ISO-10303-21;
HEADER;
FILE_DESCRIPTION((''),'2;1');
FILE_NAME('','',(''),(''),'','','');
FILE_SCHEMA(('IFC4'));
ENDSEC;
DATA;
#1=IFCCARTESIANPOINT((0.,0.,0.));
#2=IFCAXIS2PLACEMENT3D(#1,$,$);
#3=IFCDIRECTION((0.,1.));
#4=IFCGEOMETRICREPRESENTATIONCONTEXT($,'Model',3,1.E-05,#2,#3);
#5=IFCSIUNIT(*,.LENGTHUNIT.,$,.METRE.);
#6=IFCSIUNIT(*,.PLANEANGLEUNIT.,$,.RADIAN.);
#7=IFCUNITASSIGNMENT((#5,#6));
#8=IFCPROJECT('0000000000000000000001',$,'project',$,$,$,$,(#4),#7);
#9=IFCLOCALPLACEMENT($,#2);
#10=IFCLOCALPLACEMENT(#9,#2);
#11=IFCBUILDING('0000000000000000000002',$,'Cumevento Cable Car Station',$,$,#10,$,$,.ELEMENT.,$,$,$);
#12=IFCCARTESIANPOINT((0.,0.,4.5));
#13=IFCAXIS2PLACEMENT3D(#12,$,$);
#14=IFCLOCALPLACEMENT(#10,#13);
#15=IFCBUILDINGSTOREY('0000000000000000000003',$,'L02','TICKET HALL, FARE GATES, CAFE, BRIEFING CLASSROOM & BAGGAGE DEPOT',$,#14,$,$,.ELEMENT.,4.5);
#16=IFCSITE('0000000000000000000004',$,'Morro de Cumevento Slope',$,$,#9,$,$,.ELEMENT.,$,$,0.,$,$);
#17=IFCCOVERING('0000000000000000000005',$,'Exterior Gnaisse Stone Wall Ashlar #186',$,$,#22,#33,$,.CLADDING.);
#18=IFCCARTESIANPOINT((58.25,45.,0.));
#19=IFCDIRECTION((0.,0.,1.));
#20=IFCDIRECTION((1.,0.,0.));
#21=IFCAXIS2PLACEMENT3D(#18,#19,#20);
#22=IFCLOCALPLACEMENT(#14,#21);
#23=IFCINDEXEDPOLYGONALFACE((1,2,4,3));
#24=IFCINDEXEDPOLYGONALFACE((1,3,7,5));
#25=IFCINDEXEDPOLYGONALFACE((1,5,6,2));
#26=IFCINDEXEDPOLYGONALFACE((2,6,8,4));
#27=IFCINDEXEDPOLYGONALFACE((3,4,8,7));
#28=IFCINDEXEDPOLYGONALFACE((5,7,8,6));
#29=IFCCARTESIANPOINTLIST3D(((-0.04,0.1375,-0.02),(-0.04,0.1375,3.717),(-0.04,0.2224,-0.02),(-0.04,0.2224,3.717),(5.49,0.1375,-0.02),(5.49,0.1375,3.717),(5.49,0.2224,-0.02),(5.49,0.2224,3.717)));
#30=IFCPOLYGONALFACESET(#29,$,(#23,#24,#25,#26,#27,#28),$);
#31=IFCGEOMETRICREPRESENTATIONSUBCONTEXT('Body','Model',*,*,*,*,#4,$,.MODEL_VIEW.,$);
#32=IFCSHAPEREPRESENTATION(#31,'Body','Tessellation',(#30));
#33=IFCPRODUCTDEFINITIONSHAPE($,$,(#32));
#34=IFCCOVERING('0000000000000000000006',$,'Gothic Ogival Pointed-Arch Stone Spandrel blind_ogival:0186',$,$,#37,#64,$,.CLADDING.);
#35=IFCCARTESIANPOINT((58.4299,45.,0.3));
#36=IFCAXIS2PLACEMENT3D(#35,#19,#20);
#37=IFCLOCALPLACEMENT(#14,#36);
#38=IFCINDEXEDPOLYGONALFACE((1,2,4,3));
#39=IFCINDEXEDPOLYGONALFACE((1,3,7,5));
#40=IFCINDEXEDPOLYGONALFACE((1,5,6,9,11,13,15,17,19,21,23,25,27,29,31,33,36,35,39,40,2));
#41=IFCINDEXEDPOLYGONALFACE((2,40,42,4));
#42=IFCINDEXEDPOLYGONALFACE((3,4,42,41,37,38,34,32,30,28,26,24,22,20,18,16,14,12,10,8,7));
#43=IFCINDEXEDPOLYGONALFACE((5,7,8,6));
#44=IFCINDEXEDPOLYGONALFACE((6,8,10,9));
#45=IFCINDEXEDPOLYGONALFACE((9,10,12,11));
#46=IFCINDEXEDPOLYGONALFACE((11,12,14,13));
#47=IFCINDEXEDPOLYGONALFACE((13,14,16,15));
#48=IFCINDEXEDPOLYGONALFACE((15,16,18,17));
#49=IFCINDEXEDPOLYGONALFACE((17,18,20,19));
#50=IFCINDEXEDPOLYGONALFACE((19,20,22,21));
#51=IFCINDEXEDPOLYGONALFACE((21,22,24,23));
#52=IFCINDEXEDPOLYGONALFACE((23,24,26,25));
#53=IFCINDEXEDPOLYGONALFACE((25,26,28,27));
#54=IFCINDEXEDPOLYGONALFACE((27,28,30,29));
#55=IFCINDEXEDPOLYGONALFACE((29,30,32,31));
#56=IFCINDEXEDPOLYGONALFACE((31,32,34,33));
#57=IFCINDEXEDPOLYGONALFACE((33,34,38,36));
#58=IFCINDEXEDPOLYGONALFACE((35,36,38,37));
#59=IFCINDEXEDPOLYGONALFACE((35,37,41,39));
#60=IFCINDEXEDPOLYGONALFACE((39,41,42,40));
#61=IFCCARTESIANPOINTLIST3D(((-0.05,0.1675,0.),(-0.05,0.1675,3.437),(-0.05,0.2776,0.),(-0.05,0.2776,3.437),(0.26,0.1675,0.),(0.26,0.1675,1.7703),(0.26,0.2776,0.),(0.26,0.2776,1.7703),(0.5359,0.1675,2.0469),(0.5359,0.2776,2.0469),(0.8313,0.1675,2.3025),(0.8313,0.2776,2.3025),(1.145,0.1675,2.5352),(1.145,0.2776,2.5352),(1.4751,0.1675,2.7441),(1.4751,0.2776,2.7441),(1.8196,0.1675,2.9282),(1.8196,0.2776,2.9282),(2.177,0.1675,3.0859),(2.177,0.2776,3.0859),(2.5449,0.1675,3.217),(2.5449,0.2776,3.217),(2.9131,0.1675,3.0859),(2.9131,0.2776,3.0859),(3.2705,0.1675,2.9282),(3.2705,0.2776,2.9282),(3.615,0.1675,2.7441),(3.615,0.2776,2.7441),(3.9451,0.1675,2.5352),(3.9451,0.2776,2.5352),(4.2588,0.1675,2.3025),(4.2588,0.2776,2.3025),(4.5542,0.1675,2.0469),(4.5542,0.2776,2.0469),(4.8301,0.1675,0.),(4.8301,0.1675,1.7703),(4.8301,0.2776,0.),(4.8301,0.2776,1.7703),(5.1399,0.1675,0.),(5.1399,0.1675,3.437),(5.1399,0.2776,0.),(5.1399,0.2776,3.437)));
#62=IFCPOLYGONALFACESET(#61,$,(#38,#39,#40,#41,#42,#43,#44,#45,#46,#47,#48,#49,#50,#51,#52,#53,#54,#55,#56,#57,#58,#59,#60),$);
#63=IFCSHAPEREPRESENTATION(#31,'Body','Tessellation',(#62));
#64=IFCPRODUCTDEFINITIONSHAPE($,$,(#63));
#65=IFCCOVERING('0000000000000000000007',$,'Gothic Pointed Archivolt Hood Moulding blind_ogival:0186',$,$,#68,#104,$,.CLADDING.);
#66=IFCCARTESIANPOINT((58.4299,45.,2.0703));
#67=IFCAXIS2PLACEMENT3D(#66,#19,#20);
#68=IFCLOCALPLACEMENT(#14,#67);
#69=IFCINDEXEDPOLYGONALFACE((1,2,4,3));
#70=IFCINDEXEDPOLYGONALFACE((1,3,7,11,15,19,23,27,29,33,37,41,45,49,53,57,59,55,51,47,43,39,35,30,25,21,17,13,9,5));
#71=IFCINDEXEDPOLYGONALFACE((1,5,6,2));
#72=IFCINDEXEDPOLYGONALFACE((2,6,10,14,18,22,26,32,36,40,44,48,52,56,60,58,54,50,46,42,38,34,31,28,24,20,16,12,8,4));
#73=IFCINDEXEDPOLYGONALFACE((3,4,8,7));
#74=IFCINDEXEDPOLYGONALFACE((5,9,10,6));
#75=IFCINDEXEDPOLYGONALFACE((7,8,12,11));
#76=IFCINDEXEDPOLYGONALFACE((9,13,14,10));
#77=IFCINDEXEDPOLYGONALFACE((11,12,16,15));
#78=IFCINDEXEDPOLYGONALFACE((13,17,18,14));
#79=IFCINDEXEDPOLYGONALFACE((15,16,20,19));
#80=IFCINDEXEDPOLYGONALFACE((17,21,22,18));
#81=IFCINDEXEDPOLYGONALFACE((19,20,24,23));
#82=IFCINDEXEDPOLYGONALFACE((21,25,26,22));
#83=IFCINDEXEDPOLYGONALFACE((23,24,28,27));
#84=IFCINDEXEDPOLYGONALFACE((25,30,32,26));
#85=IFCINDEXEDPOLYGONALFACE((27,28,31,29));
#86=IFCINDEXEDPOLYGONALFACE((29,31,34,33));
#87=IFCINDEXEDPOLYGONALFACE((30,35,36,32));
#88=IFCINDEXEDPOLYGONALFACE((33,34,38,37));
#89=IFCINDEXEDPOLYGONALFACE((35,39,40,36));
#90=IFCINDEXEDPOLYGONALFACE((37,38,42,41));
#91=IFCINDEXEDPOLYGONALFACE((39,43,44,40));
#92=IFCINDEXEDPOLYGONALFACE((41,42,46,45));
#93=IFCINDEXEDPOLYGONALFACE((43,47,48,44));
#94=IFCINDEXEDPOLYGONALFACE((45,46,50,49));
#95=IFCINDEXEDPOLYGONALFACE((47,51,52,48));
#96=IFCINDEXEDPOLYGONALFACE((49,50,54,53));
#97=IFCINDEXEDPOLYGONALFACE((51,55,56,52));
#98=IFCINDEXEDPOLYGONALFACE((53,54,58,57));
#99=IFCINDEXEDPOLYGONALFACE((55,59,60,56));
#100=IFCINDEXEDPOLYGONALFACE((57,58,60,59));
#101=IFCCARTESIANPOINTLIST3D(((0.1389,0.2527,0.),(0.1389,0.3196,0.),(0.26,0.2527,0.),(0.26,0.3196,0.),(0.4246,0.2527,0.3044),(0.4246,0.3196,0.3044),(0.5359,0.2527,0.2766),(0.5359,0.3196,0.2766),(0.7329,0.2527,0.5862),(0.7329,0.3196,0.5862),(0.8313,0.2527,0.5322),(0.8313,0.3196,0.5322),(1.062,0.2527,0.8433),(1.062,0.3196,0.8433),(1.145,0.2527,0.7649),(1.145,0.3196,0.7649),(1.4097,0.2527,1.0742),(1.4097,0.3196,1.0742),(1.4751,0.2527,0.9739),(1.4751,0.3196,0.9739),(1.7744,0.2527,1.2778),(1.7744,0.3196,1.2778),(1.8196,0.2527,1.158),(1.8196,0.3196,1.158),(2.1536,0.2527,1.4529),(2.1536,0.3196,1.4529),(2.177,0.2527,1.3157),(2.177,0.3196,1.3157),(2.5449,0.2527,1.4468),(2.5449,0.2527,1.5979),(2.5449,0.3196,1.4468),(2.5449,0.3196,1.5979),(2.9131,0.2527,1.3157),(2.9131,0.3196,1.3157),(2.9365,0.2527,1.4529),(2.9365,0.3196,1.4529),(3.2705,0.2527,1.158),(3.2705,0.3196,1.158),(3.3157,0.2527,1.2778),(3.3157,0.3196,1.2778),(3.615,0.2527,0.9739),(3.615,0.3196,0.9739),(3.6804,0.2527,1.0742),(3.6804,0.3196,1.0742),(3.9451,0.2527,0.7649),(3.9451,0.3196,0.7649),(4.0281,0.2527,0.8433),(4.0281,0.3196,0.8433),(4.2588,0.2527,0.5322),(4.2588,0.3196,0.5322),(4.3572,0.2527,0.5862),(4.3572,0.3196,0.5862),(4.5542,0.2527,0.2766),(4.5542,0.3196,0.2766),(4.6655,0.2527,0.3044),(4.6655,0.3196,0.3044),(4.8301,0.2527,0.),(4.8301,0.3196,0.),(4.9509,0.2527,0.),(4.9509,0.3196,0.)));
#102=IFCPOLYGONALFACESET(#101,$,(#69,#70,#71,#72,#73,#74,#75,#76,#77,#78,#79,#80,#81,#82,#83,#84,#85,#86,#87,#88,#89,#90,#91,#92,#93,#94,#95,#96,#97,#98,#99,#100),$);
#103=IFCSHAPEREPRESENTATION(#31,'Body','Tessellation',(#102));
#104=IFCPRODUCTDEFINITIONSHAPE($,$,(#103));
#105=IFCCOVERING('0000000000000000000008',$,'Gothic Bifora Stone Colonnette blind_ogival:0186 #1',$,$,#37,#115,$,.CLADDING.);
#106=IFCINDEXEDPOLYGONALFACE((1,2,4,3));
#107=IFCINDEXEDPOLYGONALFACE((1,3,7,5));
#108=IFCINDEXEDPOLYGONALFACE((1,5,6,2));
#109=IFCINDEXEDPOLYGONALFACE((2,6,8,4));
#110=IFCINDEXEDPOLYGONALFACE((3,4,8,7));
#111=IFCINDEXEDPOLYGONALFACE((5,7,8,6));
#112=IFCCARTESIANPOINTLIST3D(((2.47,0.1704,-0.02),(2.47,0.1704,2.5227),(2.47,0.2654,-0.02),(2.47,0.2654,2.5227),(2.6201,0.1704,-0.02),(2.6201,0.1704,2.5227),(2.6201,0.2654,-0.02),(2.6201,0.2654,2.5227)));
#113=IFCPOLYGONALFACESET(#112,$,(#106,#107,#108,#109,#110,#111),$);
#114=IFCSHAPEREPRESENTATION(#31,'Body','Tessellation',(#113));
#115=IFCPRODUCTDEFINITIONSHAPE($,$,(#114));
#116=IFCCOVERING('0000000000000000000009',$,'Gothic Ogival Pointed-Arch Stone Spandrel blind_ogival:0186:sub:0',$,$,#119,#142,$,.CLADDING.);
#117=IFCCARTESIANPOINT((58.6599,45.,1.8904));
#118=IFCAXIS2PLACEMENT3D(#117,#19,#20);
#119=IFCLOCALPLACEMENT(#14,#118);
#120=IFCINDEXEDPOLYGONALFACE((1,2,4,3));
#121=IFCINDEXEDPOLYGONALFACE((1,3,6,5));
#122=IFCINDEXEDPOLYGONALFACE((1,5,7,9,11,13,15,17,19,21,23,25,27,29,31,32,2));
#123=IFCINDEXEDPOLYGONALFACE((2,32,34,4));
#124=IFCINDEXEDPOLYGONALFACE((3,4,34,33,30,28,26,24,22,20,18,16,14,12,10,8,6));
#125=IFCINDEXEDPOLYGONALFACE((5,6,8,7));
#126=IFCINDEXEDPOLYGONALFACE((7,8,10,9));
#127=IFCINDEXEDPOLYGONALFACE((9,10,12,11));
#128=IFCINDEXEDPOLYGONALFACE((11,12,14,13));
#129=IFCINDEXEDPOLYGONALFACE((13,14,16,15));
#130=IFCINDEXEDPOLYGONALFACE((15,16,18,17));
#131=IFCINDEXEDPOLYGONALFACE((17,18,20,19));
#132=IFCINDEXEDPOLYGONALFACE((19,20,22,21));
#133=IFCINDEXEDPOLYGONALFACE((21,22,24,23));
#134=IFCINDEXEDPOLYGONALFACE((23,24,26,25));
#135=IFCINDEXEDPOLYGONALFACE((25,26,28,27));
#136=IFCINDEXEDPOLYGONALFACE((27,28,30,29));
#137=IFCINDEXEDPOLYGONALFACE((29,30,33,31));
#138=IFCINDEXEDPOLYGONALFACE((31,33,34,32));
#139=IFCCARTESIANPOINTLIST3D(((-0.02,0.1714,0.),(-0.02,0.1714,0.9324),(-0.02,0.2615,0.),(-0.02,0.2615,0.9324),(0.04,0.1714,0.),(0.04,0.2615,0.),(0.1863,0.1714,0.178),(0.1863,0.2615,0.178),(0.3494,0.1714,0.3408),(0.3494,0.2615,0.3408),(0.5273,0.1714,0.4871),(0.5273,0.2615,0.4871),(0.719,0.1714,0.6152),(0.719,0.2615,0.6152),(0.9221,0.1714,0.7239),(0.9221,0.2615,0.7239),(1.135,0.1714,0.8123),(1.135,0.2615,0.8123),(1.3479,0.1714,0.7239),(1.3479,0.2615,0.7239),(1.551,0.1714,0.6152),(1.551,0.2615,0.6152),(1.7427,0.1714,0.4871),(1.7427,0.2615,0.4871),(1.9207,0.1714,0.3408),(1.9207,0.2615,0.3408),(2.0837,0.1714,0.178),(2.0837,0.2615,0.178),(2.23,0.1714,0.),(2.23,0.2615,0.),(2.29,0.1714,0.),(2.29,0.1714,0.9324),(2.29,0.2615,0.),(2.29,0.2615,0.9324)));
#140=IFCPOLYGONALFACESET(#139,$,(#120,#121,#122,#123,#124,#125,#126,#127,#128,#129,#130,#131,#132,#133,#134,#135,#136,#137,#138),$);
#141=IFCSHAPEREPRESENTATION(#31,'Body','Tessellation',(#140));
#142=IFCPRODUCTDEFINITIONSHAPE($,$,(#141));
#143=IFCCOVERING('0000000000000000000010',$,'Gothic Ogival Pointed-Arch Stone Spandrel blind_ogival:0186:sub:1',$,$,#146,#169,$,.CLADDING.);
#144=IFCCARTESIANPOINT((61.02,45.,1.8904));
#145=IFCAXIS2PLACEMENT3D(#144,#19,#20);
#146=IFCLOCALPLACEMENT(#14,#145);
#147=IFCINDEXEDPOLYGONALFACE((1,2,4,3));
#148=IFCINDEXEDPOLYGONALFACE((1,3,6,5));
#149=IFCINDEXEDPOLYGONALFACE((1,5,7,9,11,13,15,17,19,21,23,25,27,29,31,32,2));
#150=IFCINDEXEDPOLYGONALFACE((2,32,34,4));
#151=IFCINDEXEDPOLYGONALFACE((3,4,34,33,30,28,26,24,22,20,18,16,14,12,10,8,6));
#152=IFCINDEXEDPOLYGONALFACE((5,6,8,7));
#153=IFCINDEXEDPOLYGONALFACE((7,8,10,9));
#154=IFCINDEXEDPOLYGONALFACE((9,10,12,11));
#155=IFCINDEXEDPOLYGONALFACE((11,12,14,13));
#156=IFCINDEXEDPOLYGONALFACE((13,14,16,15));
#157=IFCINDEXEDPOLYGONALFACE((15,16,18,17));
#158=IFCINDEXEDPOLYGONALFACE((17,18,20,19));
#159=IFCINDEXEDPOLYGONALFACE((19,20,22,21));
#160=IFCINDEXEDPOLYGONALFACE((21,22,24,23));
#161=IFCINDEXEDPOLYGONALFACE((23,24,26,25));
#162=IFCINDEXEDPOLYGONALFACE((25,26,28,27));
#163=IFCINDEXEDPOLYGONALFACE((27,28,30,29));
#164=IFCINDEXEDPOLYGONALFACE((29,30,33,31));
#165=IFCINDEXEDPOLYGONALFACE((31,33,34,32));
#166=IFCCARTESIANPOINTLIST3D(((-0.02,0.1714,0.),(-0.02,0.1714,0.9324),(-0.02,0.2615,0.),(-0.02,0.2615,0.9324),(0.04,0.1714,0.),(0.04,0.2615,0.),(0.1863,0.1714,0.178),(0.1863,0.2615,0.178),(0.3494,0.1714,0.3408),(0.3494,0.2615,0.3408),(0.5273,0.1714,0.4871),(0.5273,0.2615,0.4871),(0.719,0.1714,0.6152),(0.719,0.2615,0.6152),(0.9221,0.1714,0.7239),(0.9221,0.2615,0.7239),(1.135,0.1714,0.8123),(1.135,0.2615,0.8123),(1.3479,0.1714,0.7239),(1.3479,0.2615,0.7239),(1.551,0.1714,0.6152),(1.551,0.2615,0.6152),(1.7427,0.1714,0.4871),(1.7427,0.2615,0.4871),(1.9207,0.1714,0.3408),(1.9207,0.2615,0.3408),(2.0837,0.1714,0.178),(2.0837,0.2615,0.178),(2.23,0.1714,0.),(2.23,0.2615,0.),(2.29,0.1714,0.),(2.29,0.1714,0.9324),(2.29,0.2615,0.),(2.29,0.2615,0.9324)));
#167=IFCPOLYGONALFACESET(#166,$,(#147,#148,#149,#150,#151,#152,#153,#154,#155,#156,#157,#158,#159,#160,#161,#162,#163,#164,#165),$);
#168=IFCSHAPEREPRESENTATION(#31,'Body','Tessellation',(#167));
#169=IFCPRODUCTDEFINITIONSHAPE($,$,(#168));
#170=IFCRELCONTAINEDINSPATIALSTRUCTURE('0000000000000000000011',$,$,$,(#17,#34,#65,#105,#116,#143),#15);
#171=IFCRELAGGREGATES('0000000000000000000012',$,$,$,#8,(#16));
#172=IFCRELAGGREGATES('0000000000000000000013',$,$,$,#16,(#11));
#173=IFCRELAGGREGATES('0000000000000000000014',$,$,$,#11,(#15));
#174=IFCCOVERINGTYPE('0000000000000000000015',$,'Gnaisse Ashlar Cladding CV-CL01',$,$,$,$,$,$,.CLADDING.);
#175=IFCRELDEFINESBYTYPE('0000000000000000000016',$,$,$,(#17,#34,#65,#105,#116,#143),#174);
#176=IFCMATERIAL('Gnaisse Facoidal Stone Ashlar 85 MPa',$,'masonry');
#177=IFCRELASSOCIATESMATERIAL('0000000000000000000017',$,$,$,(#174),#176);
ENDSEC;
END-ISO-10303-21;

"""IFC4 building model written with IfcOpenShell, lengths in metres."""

from ifc_helpers import new_model, si_unit, direction, frame, origin, place, context, subcontext, project, spatial, polyline, outline, extrude, material, type_object, element, save


model = new_model("IFC4")

# Units and contexts
model_context = context("Model", 3, precision=1e-05, world=origin(), true_north=direction((0.0, 1.0)))
body_context = subcontext(model_context, "Body", "Model", "MODEL_VIEW")
ifc_project = project(units=[si_unit("LENGTHUNIT", "METRE"), si_unit("PLANEANGLEUNIT", "RADIAN")], contexts=[model_context])

# Site, building, storey
site_placement = place(None, origin())
site = spatial("IfcSite", under=ifc_project, at=site_placement, Name="Morro de Cumevento Slope", CompositionType="ELEMENT", RefElevation=0.0)
building_placement = place(site_placement, origin())
building = spatial("IfcBuilding", under=site, at=building_placement, Name="Cumevento Cable Car Station", CompositionType="ELEMENT")
storey_placement = place(building_placement, frame((0.0, 0.0, 4.5)))
storey = spatial("IfcBuildingStorey", under=building, at=storey_placement, Name="L02", Description="TICKET HALL, FARE GATES, CAFE, BRIEFING CLASSROOM & BAGGAGE DEPOT", CompositionType="ELEMENT", Elevation=4.5)

# Coverings
ifc_material_1 = material(Name="Gnaisse Facoidal Stone Ashlar 85 MPa", Category="masonry")
covering_type = type_object("IfcCoveringType", Name="Gnaisse Ashlar Cladding CV-CL01", PredefinedType="CLADDING", material=ifc_material_1)
covering_1_placement = place(storey_placement, frame((58.25, 45.0, 0.0), z_axis=(0.0, 0.0, 1.0), x_axis=(1.0, 0.0, 0.0)))
element("IfcCovering", 1, at=covering_1_placement, inside=storey, type_object=covering_type, Name="Exterior Gnaisse Stone Wall Ashlar #186", PredefinedType="CLADDING", context=body_context, shape_type="SweptSolid", body=[
    extrude(outline(polyline([(-0.04, -0.02), (5.49, -0.02), (5.49, 3.717), (-0.04, 3.717), (-0.04, -0.02)])), frame((0.0, 0.2224, 0.0), z_axis=(0.0, -1.0, 0.0), x_axis=(1.0, 0.0, 0.0)), (0.0, 0.0, 1.0), 0.085),
])
placement = place(storey_placement, frame((58.4299, 45.0, 0.3), z_axis=(0.0, 0.0, 1.0), x_axis=(1.0, 0.0, 0.0)))
element("IfcCovering", 2, at=placement, inside=storey, type_object=covering_type, Name="Gothic Ogival Pointed-Arch Stone Spandrel blind_ogival:0186", PredefinedType="CLADDING", context=body_context, shape_type="SweptSolid", body=[
    extrude(outline(polyline([(-0.05, 0.0), (-0.05, 3.437), (5.1399, 3.437), (5.1399, 0.0), (4.8301, 0.0), (4.8301, 1.7703), (4.5542, 2.0469), (4.2588, 2.3025), (3.9451, 2.5352), (3.615, 2.7441), (3.2705, 2.9282), (2.9131, 3.0859), (2.5449, 3.217), (2.177, 3.0859), (1.8196, 2.9282), (1.4751, 2.7441), (1.145, 2.5352), (0.8313, 2.3025), (0.5359, 2.0469), (0.26, 1.7703), (0.26, 0.0), (-0.05, 0.0)])), frame((0.0, 0.2776, 0.0), z_axis=(0.0, -1.0, 0.0), x_axis=(1.0, 0.0, 0.0)), (0.0, 0.0, 1.0), 0.1101),
])
covering_2_placement = place(storey_placement, frame((58.4299, 45.0, 2.0703), z_axis=(0.0, 0.0, 1.0), x_axis=(1.0, 0.0, 0.0)))
element("IfcCovering", 3, at=covering_2_placement, inside=storey, type_object=covering_type, Name="Gothic Pointed Archivolt Hood Moulding blind_ogival:0186", PredefinedType="CLADDING", context=body_context, shape_type="SweptSolid", body=[
    extrude(outline(polyline([(0.26, 0.0), (0.5359, 0.2766), (0.8313, 0.5322), (1.145, 0.7649), (1.4751, 0.9739), (1.8196, 1.158), (2.177, 1.3157), (2.5449, 1.4468), (2.9131, 1.3157), (3.2705, 1.158), (3.615, 0.9739), (3.9451, 0.7649), (4.2588, 0.5322), (4.5542, 0.2766), (4.8301, 0.0), (4.9509, 0.0), (4.6655, 0.3044), (4.3572, 0.5862), (4.0281, 0.8433), (3.6804, 1.0742), (3.3157, 1.2778), (2.9365, 1.4529), (2.5449, 1.5979), (2.1536, 1.4529), (1.7744, 1.2778), (1.4097, 1.0742), (1.062, 0.8433), (0.7329, 0.5862), (0.4246, 0.3044), (0.1389, 0.0), (0.26, 0.0)])), frame((0.0, 0.3196, 0.0), z_axis=(0.0, -1.0, 0.0), x_axis=(1.0, 0.0, 0.0)), (0.0, 0.0, 1.0), 0.0669),
])
element("IfcCovering", 4, at=placement, inside=storey, type_object=covering_type, Name="Gothic Bifora Stone Colonnette blind_ogival:0186 #1", PredefinedType="CLADDING", context=body_context, shape_type="SweptSolid", body=[
    extrude(outline(polyline([(2.47, -0.02), (2.6201, -0.02), (2.6201, 2.5227), (2.47, 2.5227), (2.47, -0.02)])), frame((0.0, 0.2654, 0.0), z_axis=(0.0, -1.0, 0.0), x_axis=(1.0, 0.0, 0.0)), (0.0, 0.0, 1.0), 0.095),
])
for number, where, z_axis, x_axis, name in (
    (5, (58.6599, 45.0, 1.8904), (0.0, 0.0, 1.0), (1.0, 0.0, 0.0), "Gothic Ogival Pointed-Arch Stone Spandrel blind_ogival:0186:sub:0"),
    (6, (61.02, 45.0, 1.8904), (0.0, 0.0, 1.0), (1.0, 0.0, 0.0), "Gothic Ogival Pointed-Arch Stone Spandrel blind_ogival:0186:sub:1"),
):
    element("IfcCovering", number, at=place(storey_placement, frame(where, z_axis=z_axis, x_axis=x_axis)), inside=storey, type_object=covering_type, Name=name, PredefinedType="CLADDING", context=body_context, shape_type="SweptSolid", body=[
        extrude(outline(polyline([(-0.02, 0.0), (-0.02, 0.9324), (2.29, 0.9324), (2.29, 0.0), (2.23, 0.0), (2.0837, 0.178), (1.9207, 0.3408), (1.7427, 0.4871), (1.551, 0.6152), (1.3479, 0.7239), (1.135, 0.8123), (0.9221, 0.7239), (0.719, 0.6152), (0.5273, 0.4871), (0.3494, 0.3408), (0.1863, 0.178), (0.04, 0.0), (-0.02, 0.0)])), frame((0.0, 0.2615, 0.0), z_axis=(0.0, -1.0, 0.0), x_axis=(1.0, 0.0, 0.0)), (0.0, 0.0, 1.0), 0.0901),
    ])

save(model, "model.ifc")
